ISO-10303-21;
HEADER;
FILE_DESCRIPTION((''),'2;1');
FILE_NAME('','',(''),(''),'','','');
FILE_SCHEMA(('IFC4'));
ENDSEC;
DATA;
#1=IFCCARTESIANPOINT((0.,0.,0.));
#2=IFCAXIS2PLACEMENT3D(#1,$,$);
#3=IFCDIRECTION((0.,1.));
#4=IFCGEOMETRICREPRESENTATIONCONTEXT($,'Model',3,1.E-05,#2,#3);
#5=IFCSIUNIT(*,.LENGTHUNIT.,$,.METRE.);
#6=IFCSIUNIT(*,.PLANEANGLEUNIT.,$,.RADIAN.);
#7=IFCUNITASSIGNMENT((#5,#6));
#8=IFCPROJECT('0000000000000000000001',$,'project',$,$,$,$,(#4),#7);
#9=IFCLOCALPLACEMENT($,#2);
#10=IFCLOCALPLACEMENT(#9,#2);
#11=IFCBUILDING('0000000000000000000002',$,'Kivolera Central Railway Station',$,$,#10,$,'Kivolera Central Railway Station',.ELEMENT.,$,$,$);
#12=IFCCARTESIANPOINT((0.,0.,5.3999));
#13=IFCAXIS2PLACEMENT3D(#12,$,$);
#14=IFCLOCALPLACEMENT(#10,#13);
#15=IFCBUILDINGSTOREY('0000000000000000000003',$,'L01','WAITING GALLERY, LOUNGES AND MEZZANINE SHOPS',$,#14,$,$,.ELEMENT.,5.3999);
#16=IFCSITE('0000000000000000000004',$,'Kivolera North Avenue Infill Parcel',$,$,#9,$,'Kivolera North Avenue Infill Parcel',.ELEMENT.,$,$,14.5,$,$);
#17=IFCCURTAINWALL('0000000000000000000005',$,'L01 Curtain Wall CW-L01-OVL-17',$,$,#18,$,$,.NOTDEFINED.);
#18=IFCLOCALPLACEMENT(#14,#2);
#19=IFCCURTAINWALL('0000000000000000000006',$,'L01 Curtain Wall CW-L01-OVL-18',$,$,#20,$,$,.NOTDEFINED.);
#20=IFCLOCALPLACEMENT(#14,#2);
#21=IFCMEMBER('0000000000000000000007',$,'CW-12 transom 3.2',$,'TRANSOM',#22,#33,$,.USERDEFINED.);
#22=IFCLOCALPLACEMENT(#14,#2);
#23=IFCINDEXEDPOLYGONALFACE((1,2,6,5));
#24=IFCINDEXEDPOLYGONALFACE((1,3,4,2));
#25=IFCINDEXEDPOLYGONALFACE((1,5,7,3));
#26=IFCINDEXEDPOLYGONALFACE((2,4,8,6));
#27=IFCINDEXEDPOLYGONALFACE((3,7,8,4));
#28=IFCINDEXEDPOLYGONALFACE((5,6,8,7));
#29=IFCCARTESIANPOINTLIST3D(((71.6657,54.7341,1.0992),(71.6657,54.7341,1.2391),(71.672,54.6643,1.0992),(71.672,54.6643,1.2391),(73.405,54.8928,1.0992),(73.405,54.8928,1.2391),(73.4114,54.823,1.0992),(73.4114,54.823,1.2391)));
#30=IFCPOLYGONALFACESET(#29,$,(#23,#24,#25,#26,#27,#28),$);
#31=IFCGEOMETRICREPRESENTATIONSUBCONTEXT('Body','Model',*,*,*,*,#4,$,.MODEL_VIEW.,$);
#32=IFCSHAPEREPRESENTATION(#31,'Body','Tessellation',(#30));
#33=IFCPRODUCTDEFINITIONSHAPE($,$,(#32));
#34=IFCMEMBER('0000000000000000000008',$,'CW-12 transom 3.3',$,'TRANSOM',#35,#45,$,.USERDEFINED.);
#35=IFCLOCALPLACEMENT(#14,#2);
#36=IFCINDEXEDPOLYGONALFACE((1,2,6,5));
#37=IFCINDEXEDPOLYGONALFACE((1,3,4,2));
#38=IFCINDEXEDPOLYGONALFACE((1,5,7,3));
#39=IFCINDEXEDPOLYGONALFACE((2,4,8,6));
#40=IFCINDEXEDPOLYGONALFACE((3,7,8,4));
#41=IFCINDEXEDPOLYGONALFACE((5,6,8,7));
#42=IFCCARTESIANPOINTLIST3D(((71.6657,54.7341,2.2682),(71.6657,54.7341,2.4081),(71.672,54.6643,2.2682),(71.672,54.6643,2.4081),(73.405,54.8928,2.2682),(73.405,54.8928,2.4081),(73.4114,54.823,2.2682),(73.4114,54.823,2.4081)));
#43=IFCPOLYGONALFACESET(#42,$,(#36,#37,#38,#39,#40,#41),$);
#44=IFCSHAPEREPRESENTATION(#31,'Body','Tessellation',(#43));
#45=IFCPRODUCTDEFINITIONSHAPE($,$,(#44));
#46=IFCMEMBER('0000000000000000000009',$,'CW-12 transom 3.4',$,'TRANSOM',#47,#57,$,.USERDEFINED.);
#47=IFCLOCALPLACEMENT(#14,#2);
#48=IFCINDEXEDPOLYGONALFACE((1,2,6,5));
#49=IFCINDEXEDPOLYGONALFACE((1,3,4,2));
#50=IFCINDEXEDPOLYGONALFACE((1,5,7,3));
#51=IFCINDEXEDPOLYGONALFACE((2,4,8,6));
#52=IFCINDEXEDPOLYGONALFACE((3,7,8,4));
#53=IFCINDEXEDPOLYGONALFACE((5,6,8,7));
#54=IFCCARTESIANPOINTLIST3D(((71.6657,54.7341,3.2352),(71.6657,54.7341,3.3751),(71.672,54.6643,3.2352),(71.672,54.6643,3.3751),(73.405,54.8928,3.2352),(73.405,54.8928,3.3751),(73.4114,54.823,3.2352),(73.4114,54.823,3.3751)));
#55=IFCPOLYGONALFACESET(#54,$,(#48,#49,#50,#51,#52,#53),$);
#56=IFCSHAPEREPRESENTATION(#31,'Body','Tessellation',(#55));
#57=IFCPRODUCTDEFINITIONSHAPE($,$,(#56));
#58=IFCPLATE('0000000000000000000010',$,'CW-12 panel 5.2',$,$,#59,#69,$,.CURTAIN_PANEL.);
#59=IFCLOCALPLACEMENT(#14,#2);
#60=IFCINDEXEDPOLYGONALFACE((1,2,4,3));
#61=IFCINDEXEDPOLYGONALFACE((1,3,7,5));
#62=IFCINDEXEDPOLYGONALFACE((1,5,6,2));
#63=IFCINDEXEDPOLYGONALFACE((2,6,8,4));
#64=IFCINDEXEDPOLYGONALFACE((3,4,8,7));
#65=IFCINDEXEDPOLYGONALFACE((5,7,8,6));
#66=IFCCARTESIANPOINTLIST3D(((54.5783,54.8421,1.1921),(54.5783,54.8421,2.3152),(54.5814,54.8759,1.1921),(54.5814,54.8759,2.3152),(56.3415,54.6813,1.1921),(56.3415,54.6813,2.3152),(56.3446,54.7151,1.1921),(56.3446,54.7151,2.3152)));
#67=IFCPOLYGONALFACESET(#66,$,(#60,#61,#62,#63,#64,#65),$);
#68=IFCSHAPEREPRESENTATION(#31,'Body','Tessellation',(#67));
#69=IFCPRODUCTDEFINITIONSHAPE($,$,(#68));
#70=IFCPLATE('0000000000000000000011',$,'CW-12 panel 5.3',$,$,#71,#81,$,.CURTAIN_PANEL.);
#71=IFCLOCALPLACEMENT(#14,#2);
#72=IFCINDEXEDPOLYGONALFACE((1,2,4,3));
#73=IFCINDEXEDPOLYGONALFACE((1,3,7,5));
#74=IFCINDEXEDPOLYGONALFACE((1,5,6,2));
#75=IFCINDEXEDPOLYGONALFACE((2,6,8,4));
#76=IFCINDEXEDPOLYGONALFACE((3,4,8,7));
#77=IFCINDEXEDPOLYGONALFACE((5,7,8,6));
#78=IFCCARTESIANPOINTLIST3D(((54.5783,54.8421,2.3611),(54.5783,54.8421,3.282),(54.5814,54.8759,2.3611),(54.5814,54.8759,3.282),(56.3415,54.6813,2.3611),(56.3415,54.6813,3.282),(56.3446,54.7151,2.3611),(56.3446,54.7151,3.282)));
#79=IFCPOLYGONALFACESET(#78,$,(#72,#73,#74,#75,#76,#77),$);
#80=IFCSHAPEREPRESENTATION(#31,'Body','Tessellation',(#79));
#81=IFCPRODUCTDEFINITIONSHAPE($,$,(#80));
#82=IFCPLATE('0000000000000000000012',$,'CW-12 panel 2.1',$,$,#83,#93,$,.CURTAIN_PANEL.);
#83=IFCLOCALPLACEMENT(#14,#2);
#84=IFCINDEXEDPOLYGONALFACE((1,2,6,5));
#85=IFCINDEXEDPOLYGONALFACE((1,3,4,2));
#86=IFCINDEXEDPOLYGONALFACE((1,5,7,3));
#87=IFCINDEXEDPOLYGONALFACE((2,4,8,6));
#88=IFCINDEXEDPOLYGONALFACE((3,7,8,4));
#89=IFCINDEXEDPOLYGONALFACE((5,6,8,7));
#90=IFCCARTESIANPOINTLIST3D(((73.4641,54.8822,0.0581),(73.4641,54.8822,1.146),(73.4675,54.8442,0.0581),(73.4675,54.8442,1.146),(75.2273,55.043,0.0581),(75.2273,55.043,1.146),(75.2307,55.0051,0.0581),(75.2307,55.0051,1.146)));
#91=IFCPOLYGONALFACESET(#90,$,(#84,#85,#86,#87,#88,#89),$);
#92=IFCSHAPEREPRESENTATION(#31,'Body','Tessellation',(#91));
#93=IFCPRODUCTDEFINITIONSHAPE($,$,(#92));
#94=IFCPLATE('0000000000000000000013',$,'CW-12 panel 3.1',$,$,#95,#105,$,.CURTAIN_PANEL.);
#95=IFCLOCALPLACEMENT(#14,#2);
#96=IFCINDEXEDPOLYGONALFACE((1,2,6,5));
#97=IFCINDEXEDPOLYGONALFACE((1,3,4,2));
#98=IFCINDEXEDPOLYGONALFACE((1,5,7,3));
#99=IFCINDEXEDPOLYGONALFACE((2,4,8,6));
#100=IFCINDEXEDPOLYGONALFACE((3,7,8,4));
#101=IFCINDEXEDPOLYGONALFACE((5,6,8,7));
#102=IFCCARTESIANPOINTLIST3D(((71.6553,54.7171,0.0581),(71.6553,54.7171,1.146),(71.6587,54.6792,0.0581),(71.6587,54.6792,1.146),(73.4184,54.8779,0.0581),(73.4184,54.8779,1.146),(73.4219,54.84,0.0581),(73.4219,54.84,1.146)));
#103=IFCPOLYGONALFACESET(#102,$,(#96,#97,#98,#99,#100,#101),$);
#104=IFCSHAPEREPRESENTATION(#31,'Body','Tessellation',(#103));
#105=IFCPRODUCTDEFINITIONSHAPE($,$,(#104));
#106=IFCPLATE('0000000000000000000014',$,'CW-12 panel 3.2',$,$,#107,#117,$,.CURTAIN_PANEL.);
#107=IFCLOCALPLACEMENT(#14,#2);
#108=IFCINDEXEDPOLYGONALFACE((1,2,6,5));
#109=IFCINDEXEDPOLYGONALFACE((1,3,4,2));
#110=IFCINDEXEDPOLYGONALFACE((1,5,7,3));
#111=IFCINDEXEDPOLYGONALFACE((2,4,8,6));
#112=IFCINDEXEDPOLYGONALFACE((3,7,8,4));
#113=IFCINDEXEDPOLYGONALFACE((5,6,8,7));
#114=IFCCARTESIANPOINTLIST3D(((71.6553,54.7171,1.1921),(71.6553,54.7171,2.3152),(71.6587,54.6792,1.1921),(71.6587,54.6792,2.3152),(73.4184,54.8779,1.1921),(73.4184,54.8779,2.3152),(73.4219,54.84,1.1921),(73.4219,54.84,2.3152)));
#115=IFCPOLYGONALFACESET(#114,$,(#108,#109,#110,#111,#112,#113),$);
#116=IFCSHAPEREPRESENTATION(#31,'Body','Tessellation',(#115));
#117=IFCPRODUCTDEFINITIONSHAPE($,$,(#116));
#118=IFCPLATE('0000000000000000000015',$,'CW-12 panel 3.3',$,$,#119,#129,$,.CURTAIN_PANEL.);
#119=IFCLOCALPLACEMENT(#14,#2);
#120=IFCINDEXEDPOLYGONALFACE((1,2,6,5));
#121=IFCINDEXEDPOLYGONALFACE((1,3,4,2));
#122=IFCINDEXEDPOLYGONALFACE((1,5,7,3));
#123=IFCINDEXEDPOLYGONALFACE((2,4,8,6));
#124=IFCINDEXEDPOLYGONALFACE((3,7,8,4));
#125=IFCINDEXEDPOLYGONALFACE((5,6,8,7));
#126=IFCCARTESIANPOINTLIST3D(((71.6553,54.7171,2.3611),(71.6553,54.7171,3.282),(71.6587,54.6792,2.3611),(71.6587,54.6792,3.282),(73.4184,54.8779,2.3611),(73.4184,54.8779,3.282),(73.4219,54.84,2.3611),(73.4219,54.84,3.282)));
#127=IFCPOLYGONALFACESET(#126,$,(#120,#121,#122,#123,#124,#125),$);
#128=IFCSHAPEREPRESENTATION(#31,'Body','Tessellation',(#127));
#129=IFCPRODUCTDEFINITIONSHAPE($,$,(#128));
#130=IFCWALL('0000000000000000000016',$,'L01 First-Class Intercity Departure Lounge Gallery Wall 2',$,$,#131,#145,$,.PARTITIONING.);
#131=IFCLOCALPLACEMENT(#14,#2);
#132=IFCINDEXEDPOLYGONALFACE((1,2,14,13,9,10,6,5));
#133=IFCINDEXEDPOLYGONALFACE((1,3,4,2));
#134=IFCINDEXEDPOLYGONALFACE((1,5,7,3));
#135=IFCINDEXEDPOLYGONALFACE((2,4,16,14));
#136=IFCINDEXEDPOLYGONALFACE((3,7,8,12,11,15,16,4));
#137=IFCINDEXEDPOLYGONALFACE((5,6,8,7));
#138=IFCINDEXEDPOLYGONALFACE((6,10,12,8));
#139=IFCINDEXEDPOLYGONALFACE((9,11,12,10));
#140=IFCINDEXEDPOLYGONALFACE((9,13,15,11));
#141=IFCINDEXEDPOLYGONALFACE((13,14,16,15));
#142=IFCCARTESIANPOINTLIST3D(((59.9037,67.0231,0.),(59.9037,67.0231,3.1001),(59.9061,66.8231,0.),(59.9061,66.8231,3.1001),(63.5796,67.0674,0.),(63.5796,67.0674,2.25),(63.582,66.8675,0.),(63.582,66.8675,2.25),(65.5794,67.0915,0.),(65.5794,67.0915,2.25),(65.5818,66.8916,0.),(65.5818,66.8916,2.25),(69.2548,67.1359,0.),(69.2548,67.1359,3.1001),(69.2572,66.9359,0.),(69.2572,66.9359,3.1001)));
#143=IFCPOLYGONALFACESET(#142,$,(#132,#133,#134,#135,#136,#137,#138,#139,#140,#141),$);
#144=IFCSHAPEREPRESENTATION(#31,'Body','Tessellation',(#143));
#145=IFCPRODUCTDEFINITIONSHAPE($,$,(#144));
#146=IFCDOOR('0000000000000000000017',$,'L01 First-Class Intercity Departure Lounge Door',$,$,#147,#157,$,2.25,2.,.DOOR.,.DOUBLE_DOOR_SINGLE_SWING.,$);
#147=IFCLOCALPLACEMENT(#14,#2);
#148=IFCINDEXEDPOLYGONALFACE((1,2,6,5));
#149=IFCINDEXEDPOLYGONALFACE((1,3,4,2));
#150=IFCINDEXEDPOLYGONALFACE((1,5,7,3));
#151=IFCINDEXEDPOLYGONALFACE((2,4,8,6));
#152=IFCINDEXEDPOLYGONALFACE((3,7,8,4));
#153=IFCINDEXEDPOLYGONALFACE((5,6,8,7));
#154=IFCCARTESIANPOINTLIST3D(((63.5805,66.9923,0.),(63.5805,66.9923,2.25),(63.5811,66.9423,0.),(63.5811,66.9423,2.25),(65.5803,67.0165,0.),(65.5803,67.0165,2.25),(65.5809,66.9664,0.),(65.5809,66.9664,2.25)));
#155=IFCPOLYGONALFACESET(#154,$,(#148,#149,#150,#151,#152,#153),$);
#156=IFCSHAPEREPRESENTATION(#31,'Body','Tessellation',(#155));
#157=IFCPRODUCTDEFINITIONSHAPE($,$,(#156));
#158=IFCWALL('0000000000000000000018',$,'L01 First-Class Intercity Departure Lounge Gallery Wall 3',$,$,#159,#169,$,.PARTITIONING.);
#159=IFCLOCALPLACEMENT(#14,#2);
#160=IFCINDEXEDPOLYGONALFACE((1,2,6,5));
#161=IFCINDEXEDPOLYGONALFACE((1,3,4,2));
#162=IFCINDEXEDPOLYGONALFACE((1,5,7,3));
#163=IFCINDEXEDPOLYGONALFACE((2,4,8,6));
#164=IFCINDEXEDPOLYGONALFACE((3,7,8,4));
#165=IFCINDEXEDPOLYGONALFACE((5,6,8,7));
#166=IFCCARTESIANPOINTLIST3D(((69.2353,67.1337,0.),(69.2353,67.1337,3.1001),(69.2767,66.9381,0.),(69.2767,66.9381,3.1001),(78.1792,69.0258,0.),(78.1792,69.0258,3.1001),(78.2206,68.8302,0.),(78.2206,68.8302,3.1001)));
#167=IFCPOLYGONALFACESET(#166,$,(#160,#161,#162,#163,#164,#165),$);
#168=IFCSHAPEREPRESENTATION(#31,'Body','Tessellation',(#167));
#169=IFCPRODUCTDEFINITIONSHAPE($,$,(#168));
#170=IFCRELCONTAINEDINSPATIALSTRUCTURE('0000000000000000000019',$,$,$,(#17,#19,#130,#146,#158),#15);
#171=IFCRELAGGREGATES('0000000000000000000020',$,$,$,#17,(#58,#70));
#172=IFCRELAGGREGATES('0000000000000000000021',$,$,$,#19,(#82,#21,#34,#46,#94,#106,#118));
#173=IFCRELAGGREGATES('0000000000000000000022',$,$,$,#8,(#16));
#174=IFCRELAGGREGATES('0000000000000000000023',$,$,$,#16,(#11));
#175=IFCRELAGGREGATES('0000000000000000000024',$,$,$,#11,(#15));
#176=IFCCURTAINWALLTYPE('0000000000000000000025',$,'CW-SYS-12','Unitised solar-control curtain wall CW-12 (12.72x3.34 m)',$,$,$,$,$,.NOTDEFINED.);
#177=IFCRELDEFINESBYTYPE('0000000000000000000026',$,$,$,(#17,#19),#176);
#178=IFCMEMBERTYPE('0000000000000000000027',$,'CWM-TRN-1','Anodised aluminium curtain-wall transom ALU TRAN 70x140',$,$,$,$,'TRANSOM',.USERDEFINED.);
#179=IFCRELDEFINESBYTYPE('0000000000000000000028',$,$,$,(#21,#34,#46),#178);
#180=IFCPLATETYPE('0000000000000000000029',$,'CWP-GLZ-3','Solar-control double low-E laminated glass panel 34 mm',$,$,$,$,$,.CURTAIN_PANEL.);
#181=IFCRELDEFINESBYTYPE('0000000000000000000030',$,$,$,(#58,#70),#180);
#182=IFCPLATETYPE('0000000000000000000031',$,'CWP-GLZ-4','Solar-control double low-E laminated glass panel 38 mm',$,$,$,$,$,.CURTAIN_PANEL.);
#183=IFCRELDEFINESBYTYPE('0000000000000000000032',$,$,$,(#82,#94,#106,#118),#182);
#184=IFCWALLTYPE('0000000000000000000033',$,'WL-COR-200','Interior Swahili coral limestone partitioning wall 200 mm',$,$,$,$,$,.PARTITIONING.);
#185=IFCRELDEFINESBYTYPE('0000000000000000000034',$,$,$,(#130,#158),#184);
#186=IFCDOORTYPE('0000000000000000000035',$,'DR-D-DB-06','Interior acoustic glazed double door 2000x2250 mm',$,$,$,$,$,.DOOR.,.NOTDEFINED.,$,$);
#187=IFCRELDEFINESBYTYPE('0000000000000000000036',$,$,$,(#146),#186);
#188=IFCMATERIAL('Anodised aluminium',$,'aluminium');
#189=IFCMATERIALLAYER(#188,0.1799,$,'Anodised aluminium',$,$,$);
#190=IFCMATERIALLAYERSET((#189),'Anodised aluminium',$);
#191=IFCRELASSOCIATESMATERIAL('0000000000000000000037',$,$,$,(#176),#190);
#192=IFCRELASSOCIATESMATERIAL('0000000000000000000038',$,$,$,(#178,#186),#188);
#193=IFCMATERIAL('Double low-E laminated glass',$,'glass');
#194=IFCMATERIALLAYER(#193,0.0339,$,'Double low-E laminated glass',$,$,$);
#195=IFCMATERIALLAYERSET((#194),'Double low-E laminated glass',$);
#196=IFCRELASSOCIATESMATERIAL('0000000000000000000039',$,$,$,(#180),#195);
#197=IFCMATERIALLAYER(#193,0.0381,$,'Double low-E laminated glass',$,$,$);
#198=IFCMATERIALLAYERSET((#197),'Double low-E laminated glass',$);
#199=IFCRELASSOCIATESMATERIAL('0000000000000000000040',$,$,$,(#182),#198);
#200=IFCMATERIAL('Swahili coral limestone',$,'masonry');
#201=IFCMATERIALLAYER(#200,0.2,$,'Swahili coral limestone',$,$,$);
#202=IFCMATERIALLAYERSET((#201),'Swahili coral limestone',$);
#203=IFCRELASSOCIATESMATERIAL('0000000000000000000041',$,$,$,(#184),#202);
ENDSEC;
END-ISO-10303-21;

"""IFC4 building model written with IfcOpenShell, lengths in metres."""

from ifc_helpers import new_model, si_unit, direction, frame, frame_2d, origin, origin_2d, place, context, subcontext, project, spatial, rectangle, extrude, material, layer, layer_set, material_profile, profile_set, type_object, element, fill, aggregate, save


model = new_model("IFC4")

# Units and contexts
model_context = context("Model", 3, precision=1e-05, world=origin(), true_north=direction((0.0, 1.0)))
body_context = subcontext(model_context, "Body", "Model", "MODEL_VIEW")
ifc_project = project(units=[si_unit("LENGTHUNIT", "METRE"), si_unit("PLANEANGLEUNIT", "RADIAN")], contexts=[model_context])

# Site, building, storey
site_placement = place(None, origin())
site = spatial("IfcSite", under=ifc_project, at=site_placement, Name="Kivolera North Avenue Infill Parcel", LongName="Kivolera North Avenue Infill Parcel", CompositionType="ELEMENT", RefElevation=14.5)
building_placement = place(site_placement, origin())
building = spatial("IfcBuilding", under=site, at=building_placement, Name="Kivolera Central Railway Station", LongName="Kivolera Central Railway Station", CompositionType="ELEMENT")
storey_placement = place(building_placement, frame((0.0, 0.0, 5.3999)))
storey = spatial("IfcBuildingStorey", under=building, at=storey_placement, Name="L01", Description="WAITING GALLERY, LOUNGES AND MEZZANINE SHOPS", CompositionType="ELEMENT", Elevation=5.3999)

# Curtain walls
ifc_material_1 = material(Name="Anodised aluminium", Category="aluminium")
ifc_layer_1 = layer(ifc_material_1, 0.1799, Name="Anodised aluminium")
ifc_layer_set_1 = layer_set([ifc_layer_1], Name="Anodised aluminium")
curtain_wall_type = type_object("IfcCurtainWallType", Name="CW-SYS-12", Description="Unitised solar-control curtain wall CW-12 (12.72x3.34 m)", PredefinedType="NOTDEFINED", material=ifc_layer_set_1)
curtain_wall_1_placement = place(storey_placement, origin())
curtain_wall_1 = element("IfcCurtainWall", 1, at=curtain_wall_1_placement, inside=storey, type_object=curtain_wall_type, Name="L01 Curtain Wall CW-L01-OVL-17", PredefinedType="NOTDEFINED")
curtain_wall_2_placement = place(storey_placement, origin())
curtain_wall_2 = element("IfcCurtainWall", 2, at=curtain_wall_2_placement, inside=storey, type_object=curtain_wall_type, Name="L01 Curtain Wall CW-L01-OVL-18", PredefinedType="NOTDEFINED")

# Members
ifc_material_profile_1 = material_profile(ifc_material_1, rectangle(XDim=0.0701, YDim=0.1399, at=origin_2d()), Name="ALU TRAN 70x140")
ifc_profile_set_1 = profile_set([ifc_material_profile_1], Name="Anodised aluminium")
member_type_1 = type_object("IfcMemberType", Name="CWM-TRN-1", Description="Anodised aluminium curtain-wall transom ALU TRAN 70x140", ElementType="TRANSOM", PredefinedType="USERDEFINED", material=ifc_profile_set_1)
member_1_placement = place(storey_placement, frame((73.4082, 54.8579, 1.1692), z_axis=(-0.995863, -0.090863, 0.0), x_axis=(0.090863, -0.995863, 0.0)))
member_1 = element("IfcMember", 3, at=member_1_placement, type_object=member_type_1, Name="CW-12 transom 3.2", ObjectType="TRANSOM", PredefinedType="USERDEFINED", context=body_context, shape_type="SweptSolid", body=[
    extrude(rectangle(XDim=0.0701, YDim=0.1399, at=origin_2d()), origin(), (0.0, 0.0, 1.0), 1.7466),
])
member_2_placement = place(storey_placement, frame((73.4082, 54.8579, 2.3381), z_axis=(-0.995863, -0.090863, 0.0), x_axis=(0.090863, -0.995863, 0.0)))
member_2 = element("IfcMember", 4, at=member_2_placement, type_object=member_type_1, Name="CW-12 transom 3.3", ObjectType="TRANSOM", PredefinedType="USERDEFINED", context=body_context, shape_type="SweptSolid", body=[
    extrude(rectangle(XDim=0.0701, YDim=0.1399, at=origin_2d()), origin(), (0.0, 0.0, 1.0), 1.7466),
])
member_3_placement = place(storey_placement, frame((73.4082, 54.8579, 3.3052), z_axis=(-0.995863, -0.090863, 0.0), x_axis=(0.090863, -0.995863, 0.0)))
member_3 = element("IfcMember", 5, at=member_3_placement, type_object=member_type_1, Name="CW-12 transom 3.4", ObjectType="TRANSOM", PredefinedType="USERDEFINED", context=body_context, shape_type="SweptSolid", body=[
    extrude(rectangle(XDim=0.0701, YDim=0.1399, at=origin_2d()), origin(), (0.0, 0.0, 1.0), 1.7466),
])

# Plates
ifc_material_2 = material(Name="Double low-E laminated glass", Category="glass")
ifc_layer_2 = layer(ifc_material_2, 0.0339, Name="Double low-E laminated glass")
ifc_layer_set_2 = layer_set([ifc_layer_2], Name="Double low-E laminated glass")
plate_type_1 = type_object("IfcPlateType", Name="CWP-GLZ-3", Description="Solar-control double low-E laminated glass panel 34 mm", PredefinedType="CURTAIN_PANEL", material=ifc_layer_set_2)
plate_1_placement = place(storey_placement, frame((55.4614, 54.7786, 1.1921), z_axis=(0.0, 0.0, 1.0), x_axis=(-0.995866, 0.090834, 0.0)))
plate_1 = element("IfcPlate", 6, at=plate_1_placement, type_object=plate_type_1, Name="CW-12 panel 5.2", PredefinedType="CURTAIN_PANEL", context=body_context, shape_type="SweptSolid", body=[
    extrude(rectangle(XDim=1.7705, YDim=0.0339, at=origin_2d()), origin(), (0.0, 0.0, 1.0), 1.123),
])
plate_2_placement = place(storey_placement, frame((55.4614, 54.7786, 2.3611), z_axis=(0.0, 0.0, 1.0), x_axis=(-0.995866, 0.090834, 0.0)))
plate_2 = element("IfcPlate", 7, at=plate_2_placement, type_object=plate_type_1, Name="CW-12 panel 5.3", PredefinedType="CURTAIN_PANEL", context=body_context, shape_type="SweptSolid", body=[
    extrude(rectangle(XDim=1.7705, YDim=0.0339, at=origin_2d()), origin(), (0.0, 0.0, 1.0), 0.9209),
])
aggregate(curtain_wall_1, [plate_1, plate_2])
ifc_layer_3 = layer(ifc_material_2, 0.0381, Name="Double low-E laminated glass")
ifc_layer_set_3 = layer_set([ifc_layer_3], Name="Double low-E laminated glass")
plate_type_2 = type_object("IfcPlateType", Name="CWP-GLZ-4", Description="Solar-control double low-E laminated glass panel 38 mm", PredefinedType="CURTAIN_PANEL", material=ifc_layer_set_3)
plate_3_placement = place(storey_placement, frame((74.3474, 54.9436, 0.0581), z_axis=(0.0, 0.0, 1.0), x_axis=(-0.995866, -0.090834, 0.0)))
plate_3 = element("IfcPlate", 8, at=plate_3_placement, type_object=plate_type_2, Name="CW-12 panel 2.1", PredefinedType="CURTAIN_PANEL", context=body_context, shape_type="SweptSolid", body=[
    extrude(rectangle(XDim=1.7705, YDim=0.0381, at=origin_2d()), origin(), (0.0, 0.0, 1.0), 1.0879),
])
plate_4_placement = place(storey_placement, frame((72.5386, 54.7786, 0.0581), z_axis=(0.0, 0.0, 1.0), x_axis=(-0.995866, -0.090834, 0.0)))
plate_4 = element("IfcPlate", 9, at=plate_4_placement, type_object=plate_type_2, Name="CW-12 panel 3.1", PredefinedType="CURTAIN_PANEL", context=body_context, shape_type="SweptSolid", body=[
    extrude(rectangle(XDim=1.7705, YDim=0.0381, at=origin_2d()), origin(), (0.0, 0.0, 1.0), 1.0879),
])
plate_5_placement = place(storey_placement, frame((72.5386, 54.7786, 1.1921), z_axis=(0.0, 0.0, 1.0), x_axis=(-0.995866, -0.090834, 0.0)))
plate_5 = element("IfcPlate", 10, at=plate_5_placement, type_object=plate_type_2, Name="CW-12 panel 3.2", PredefinedType="CURTAIN_PANEL", context=body_context, shape_type="SweptSolid", body=[
    extrude(rectangle(XDim=1.7705, YDim=0.0381, at=origin_2d()), origin(), (0.0, 0.0, 1.0), 1.123),
])
plate_6_placement = place(storey_placement, frame((72.5386, 54.7786, 2.3611), z_axis=(0.0, 0.0, 1.0), x_axis=(-0.995866, -0.090834, 0.0)))
plate_6 = element("IfcPlate", 11, at=plate_6_placement, type_object=plate_type_2, Name="CW-12 panel 3.3", PredefinedType="CURTAIN_PANEL", context=body_context, shape_type="SweptSolid", body=[
    extrude(rectangle(XDim=1.7705, YDim=0.0381, at=origin_2d()), origin(), (0.0, 0.0, 1.0), 0.9209),
])
aggregate(curtain_wall_2, [plate_3, member_1, member_2, member_3, plate_4, plate_5, plate_6])

# Wall, opening, door
ifc_material_3 = material(Name="Swahili coral limestone", Category="masonry")
ifc_layer_4 = layer(ifc_material_3, 0.2, Name="Swahili coral limestone")
ifc_layer_set_4 = layer_set([ifc_layer_4], Name="Swahili coral limestone")
wall_type = type_object("IfcWallType", Name="WL-COR-200", Description="Interior Swahili coral limestone partitioning wall 200 mm", PredefinedType="PARTITIONING", material=ifc_layer_set_4)
wall_1_placement = place(storey_placement, frame((59.905, 66.9231, 0.0), z_axis=(0.0, 0.0, 1.0), x_axis=(0.999927, 0.012061, 0.0)))
wall_1 = element("IfcWall", 12, at=wall_1_placement, inside=storey, type_object=wall_type, Name="L01 First-Class Intercity Departure Lounge Gallery Wall 2", PredefinedType="PARTITIONING", context=body_context, shape_type="SweptSolid", body=[
    extrude(rectangle(XDim=9.3518, YDim=0.2, at=frame_2d((4.6758, 0.0))), origin(), (0.0, 0.0, 1.0), 3.1001),
])
opening_placement = place(wall_1_placement, frame((3.676, 0.0, 0.0)))
opening = element("IfcOpeningElement", 13, at=opening_placement, cuts=wall_1, PredefinedType="OPENING", context=body_context, shape_type="SweptSolid", body=[
    extrude(rectangle(XDim=2.0, YDim=2.25, at=frame_2d((1.0, 1.125))), frame((0.0, 0.1099, 0.0), z_axis=(0.0, -1.0, 0.0), x_axis=(1.0, 0.0, 0.0)), (0.0, 0.0, 1.0), 0.22),
])
door_type = type_object("IfcDoorType", Name="DR-D-DB-06", Description="Interior acoustic glazed double door 2000x2250 mm", OperationType="NOTDEFINED", PredefinedType="DOOR", material=ifc_material_1)
door_placement = place(opening_placement, origin())
door = element("IfcDoor", 14, at=door_placement, inside=storey, type_object=door_type, Name="L01 First-Class Intercity Departure Lounge Door", OperationType="DOUBLE_DOOR_SINGLE_SWING", OverallHeight=2.25, OverallWidth=2.0, PredefinedType="DOOR", context=body_context, shape_type="SweptSolid", body=[
    extrude(rectangle(XDim=2.0, YDim=2.25, at=frame_2d((1.0, 1.125))), frame((0.0, 0.0249, 0.0), z_axis=(0.0, -1.0, 0.0), x_axis=(1.0, 0.0, 0.0)), (0.0, 0.0, 1.0), 0.05),
])
fill(opening, door)

# Wall
wall_2_placement = place(storey_placement, frame((69.2561, 67.0359, 0.0), z_axis=(0.0, 0.0, 1.0), x_axis=(0.978347, 0.206971, 0.0)))
element("IfcWall", 15, at=wall_2_placement, inside=storey, type_object=wall_type, Name="L01 First-Class Intercity Departure Lounge Gallery Wall 3", PredefinedType="PARTITIONING", context=body_context, shape_type="SweptSolid", body=[
    extrude(rectangle(XDim=9.1418, YDim=0.2, at=frame_2d((4.5708, 0.0))), origin(), (0.0, 0.0, 1.0), 3.1001),
])

save(model, "model.ifc")
